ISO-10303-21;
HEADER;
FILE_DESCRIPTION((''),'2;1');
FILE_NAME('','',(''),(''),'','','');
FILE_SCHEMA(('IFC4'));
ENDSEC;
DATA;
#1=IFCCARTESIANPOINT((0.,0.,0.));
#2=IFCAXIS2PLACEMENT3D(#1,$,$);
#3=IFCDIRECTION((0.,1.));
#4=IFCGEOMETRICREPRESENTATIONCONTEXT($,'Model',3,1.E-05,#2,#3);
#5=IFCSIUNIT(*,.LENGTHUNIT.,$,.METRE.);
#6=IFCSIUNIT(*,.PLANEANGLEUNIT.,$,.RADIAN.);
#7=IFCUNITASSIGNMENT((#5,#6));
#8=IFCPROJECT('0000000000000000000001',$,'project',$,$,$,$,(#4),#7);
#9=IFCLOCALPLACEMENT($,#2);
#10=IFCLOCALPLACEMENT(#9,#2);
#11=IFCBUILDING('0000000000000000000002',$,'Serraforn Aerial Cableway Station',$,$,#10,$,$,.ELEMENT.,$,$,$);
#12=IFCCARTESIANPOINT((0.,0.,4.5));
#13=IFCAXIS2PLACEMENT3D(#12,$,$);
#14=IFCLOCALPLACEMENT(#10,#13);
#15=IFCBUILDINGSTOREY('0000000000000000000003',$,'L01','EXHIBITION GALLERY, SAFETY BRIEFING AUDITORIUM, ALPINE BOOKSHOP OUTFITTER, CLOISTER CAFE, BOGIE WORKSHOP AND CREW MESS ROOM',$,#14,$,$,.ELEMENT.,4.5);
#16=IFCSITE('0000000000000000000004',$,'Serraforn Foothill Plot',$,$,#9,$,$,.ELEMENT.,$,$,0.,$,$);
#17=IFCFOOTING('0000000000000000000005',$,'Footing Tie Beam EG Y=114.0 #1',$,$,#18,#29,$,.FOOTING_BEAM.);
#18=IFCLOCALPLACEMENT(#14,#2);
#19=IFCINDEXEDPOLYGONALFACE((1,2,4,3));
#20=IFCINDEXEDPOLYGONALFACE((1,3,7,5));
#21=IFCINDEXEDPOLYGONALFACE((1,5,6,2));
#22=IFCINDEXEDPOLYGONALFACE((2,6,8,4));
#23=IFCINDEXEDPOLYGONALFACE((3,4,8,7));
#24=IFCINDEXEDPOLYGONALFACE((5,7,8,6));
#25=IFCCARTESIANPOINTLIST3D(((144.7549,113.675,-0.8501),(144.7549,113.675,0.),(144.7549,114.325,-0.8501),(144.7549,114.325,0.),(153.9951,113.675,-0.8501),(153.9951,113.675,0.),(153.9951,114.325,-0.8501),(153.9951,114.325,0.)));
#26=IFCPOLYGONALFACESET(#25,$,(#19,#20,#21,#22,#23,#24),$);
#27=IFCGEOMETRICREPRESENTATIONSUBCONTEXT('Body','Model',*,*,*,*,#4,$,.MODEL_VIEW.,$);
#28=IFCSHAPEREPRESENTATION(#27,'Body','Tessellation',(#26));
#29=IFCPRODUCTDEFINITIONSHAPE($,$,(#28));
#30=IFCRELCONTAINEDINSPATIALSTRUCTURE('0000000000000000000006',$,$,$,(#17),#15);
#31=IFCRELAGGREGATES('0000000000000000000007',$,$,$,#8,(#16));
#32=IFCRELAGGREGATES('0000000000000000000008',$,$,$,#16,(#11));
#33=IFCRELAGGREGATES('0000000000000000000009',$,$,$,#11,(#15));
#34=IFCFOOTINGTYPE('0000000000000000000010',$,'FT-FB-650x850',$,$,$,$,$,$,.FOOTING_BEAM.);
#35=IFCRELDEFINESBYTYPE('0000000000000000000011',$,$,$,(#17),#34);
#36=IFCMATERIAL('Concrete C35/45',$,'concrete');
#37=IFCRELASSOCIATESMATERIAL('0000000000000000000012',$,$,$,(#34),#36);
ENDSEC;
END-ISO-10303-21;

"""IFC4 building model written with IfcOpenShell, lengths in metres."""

from ifc_helpers import new_model, si_unit, direction, frame, origin, place, context, subcontext, project, spatial, polyline, outline, extrude, material, type_object, element, save


model = new_model("IFC4")

# Units and contexts
model_context = context("Model", 3, precision=1e-05, world=origin(), true_north=direction((0.0, 1.0)))
body_context = subcontext(model_context, "Body", "Model", "MODEL_VIEW")
ifc_project = project(units=[si_unit("LENGTHUNIT", "METRE"), si_unit("PLANEANGLEUNIT", "RADIAN")], contexts=[model_context])

# Site, building, storey
site_placement = place(None, origin())
site = spatial("IfcSite", under=ifc_project, at=site_placement, Name="Serraforn Foothill Plot", CompositionType="ELEMENT", RefElevation=0.0)
building_placement = place(site_placement, origin())
building = spatial("IfcBuilding", under=site, at=building_placement, Name="Serraforn Aerial Cableway Station", CompositionType="ELEMENT")
storey_placement = place(building_placement, frame((0.0, 0.0, 4.5)))
storey = spatial("IfcBuildingStorey", under=building, at=storey_placement, Name="L01", Description="EXHIBITION GALLERY, SAFETY BRIEFING AUDITORIUM, ALPINE BOOKSHOP OUTFITTER, CLOISTER CAFE, BOGIE WORKSHOP AND CREW MESS ROOM", CompositionType="ELEMENT", Elevation=4.5)

# Footing
ifc_material = material(Name="Concrete C35/45", Category="concrete")
footing_type_1 = type_object("IfcFootingType", Name="FT-FB-650x850", PredefinedType="FOOTING_BEAM", material=ifc_material)
footing_1_placement = place(storey_placement, frame((0.0, 0.0, -0.8501)))
element("IfcFooting", 1, at=footing_1_placement, inside=storey, type_object=footing_type_1, Name="Footing Tie Beam EG Y=114.0 #1", PredefinedType="FOOTING_BEAM", context=body_context, shape_type="SweptSolid", body=[
    extrude(outline(polyline([(153.9951, 114.325), (153.9951, 113.675), (144.7549, 113.675), (144.7549, 114.325), (153.9951, 114.325)])), origin(), (0.0, 0.0, 1.0), 0.8501),
])

save(model, "model.ifc")
